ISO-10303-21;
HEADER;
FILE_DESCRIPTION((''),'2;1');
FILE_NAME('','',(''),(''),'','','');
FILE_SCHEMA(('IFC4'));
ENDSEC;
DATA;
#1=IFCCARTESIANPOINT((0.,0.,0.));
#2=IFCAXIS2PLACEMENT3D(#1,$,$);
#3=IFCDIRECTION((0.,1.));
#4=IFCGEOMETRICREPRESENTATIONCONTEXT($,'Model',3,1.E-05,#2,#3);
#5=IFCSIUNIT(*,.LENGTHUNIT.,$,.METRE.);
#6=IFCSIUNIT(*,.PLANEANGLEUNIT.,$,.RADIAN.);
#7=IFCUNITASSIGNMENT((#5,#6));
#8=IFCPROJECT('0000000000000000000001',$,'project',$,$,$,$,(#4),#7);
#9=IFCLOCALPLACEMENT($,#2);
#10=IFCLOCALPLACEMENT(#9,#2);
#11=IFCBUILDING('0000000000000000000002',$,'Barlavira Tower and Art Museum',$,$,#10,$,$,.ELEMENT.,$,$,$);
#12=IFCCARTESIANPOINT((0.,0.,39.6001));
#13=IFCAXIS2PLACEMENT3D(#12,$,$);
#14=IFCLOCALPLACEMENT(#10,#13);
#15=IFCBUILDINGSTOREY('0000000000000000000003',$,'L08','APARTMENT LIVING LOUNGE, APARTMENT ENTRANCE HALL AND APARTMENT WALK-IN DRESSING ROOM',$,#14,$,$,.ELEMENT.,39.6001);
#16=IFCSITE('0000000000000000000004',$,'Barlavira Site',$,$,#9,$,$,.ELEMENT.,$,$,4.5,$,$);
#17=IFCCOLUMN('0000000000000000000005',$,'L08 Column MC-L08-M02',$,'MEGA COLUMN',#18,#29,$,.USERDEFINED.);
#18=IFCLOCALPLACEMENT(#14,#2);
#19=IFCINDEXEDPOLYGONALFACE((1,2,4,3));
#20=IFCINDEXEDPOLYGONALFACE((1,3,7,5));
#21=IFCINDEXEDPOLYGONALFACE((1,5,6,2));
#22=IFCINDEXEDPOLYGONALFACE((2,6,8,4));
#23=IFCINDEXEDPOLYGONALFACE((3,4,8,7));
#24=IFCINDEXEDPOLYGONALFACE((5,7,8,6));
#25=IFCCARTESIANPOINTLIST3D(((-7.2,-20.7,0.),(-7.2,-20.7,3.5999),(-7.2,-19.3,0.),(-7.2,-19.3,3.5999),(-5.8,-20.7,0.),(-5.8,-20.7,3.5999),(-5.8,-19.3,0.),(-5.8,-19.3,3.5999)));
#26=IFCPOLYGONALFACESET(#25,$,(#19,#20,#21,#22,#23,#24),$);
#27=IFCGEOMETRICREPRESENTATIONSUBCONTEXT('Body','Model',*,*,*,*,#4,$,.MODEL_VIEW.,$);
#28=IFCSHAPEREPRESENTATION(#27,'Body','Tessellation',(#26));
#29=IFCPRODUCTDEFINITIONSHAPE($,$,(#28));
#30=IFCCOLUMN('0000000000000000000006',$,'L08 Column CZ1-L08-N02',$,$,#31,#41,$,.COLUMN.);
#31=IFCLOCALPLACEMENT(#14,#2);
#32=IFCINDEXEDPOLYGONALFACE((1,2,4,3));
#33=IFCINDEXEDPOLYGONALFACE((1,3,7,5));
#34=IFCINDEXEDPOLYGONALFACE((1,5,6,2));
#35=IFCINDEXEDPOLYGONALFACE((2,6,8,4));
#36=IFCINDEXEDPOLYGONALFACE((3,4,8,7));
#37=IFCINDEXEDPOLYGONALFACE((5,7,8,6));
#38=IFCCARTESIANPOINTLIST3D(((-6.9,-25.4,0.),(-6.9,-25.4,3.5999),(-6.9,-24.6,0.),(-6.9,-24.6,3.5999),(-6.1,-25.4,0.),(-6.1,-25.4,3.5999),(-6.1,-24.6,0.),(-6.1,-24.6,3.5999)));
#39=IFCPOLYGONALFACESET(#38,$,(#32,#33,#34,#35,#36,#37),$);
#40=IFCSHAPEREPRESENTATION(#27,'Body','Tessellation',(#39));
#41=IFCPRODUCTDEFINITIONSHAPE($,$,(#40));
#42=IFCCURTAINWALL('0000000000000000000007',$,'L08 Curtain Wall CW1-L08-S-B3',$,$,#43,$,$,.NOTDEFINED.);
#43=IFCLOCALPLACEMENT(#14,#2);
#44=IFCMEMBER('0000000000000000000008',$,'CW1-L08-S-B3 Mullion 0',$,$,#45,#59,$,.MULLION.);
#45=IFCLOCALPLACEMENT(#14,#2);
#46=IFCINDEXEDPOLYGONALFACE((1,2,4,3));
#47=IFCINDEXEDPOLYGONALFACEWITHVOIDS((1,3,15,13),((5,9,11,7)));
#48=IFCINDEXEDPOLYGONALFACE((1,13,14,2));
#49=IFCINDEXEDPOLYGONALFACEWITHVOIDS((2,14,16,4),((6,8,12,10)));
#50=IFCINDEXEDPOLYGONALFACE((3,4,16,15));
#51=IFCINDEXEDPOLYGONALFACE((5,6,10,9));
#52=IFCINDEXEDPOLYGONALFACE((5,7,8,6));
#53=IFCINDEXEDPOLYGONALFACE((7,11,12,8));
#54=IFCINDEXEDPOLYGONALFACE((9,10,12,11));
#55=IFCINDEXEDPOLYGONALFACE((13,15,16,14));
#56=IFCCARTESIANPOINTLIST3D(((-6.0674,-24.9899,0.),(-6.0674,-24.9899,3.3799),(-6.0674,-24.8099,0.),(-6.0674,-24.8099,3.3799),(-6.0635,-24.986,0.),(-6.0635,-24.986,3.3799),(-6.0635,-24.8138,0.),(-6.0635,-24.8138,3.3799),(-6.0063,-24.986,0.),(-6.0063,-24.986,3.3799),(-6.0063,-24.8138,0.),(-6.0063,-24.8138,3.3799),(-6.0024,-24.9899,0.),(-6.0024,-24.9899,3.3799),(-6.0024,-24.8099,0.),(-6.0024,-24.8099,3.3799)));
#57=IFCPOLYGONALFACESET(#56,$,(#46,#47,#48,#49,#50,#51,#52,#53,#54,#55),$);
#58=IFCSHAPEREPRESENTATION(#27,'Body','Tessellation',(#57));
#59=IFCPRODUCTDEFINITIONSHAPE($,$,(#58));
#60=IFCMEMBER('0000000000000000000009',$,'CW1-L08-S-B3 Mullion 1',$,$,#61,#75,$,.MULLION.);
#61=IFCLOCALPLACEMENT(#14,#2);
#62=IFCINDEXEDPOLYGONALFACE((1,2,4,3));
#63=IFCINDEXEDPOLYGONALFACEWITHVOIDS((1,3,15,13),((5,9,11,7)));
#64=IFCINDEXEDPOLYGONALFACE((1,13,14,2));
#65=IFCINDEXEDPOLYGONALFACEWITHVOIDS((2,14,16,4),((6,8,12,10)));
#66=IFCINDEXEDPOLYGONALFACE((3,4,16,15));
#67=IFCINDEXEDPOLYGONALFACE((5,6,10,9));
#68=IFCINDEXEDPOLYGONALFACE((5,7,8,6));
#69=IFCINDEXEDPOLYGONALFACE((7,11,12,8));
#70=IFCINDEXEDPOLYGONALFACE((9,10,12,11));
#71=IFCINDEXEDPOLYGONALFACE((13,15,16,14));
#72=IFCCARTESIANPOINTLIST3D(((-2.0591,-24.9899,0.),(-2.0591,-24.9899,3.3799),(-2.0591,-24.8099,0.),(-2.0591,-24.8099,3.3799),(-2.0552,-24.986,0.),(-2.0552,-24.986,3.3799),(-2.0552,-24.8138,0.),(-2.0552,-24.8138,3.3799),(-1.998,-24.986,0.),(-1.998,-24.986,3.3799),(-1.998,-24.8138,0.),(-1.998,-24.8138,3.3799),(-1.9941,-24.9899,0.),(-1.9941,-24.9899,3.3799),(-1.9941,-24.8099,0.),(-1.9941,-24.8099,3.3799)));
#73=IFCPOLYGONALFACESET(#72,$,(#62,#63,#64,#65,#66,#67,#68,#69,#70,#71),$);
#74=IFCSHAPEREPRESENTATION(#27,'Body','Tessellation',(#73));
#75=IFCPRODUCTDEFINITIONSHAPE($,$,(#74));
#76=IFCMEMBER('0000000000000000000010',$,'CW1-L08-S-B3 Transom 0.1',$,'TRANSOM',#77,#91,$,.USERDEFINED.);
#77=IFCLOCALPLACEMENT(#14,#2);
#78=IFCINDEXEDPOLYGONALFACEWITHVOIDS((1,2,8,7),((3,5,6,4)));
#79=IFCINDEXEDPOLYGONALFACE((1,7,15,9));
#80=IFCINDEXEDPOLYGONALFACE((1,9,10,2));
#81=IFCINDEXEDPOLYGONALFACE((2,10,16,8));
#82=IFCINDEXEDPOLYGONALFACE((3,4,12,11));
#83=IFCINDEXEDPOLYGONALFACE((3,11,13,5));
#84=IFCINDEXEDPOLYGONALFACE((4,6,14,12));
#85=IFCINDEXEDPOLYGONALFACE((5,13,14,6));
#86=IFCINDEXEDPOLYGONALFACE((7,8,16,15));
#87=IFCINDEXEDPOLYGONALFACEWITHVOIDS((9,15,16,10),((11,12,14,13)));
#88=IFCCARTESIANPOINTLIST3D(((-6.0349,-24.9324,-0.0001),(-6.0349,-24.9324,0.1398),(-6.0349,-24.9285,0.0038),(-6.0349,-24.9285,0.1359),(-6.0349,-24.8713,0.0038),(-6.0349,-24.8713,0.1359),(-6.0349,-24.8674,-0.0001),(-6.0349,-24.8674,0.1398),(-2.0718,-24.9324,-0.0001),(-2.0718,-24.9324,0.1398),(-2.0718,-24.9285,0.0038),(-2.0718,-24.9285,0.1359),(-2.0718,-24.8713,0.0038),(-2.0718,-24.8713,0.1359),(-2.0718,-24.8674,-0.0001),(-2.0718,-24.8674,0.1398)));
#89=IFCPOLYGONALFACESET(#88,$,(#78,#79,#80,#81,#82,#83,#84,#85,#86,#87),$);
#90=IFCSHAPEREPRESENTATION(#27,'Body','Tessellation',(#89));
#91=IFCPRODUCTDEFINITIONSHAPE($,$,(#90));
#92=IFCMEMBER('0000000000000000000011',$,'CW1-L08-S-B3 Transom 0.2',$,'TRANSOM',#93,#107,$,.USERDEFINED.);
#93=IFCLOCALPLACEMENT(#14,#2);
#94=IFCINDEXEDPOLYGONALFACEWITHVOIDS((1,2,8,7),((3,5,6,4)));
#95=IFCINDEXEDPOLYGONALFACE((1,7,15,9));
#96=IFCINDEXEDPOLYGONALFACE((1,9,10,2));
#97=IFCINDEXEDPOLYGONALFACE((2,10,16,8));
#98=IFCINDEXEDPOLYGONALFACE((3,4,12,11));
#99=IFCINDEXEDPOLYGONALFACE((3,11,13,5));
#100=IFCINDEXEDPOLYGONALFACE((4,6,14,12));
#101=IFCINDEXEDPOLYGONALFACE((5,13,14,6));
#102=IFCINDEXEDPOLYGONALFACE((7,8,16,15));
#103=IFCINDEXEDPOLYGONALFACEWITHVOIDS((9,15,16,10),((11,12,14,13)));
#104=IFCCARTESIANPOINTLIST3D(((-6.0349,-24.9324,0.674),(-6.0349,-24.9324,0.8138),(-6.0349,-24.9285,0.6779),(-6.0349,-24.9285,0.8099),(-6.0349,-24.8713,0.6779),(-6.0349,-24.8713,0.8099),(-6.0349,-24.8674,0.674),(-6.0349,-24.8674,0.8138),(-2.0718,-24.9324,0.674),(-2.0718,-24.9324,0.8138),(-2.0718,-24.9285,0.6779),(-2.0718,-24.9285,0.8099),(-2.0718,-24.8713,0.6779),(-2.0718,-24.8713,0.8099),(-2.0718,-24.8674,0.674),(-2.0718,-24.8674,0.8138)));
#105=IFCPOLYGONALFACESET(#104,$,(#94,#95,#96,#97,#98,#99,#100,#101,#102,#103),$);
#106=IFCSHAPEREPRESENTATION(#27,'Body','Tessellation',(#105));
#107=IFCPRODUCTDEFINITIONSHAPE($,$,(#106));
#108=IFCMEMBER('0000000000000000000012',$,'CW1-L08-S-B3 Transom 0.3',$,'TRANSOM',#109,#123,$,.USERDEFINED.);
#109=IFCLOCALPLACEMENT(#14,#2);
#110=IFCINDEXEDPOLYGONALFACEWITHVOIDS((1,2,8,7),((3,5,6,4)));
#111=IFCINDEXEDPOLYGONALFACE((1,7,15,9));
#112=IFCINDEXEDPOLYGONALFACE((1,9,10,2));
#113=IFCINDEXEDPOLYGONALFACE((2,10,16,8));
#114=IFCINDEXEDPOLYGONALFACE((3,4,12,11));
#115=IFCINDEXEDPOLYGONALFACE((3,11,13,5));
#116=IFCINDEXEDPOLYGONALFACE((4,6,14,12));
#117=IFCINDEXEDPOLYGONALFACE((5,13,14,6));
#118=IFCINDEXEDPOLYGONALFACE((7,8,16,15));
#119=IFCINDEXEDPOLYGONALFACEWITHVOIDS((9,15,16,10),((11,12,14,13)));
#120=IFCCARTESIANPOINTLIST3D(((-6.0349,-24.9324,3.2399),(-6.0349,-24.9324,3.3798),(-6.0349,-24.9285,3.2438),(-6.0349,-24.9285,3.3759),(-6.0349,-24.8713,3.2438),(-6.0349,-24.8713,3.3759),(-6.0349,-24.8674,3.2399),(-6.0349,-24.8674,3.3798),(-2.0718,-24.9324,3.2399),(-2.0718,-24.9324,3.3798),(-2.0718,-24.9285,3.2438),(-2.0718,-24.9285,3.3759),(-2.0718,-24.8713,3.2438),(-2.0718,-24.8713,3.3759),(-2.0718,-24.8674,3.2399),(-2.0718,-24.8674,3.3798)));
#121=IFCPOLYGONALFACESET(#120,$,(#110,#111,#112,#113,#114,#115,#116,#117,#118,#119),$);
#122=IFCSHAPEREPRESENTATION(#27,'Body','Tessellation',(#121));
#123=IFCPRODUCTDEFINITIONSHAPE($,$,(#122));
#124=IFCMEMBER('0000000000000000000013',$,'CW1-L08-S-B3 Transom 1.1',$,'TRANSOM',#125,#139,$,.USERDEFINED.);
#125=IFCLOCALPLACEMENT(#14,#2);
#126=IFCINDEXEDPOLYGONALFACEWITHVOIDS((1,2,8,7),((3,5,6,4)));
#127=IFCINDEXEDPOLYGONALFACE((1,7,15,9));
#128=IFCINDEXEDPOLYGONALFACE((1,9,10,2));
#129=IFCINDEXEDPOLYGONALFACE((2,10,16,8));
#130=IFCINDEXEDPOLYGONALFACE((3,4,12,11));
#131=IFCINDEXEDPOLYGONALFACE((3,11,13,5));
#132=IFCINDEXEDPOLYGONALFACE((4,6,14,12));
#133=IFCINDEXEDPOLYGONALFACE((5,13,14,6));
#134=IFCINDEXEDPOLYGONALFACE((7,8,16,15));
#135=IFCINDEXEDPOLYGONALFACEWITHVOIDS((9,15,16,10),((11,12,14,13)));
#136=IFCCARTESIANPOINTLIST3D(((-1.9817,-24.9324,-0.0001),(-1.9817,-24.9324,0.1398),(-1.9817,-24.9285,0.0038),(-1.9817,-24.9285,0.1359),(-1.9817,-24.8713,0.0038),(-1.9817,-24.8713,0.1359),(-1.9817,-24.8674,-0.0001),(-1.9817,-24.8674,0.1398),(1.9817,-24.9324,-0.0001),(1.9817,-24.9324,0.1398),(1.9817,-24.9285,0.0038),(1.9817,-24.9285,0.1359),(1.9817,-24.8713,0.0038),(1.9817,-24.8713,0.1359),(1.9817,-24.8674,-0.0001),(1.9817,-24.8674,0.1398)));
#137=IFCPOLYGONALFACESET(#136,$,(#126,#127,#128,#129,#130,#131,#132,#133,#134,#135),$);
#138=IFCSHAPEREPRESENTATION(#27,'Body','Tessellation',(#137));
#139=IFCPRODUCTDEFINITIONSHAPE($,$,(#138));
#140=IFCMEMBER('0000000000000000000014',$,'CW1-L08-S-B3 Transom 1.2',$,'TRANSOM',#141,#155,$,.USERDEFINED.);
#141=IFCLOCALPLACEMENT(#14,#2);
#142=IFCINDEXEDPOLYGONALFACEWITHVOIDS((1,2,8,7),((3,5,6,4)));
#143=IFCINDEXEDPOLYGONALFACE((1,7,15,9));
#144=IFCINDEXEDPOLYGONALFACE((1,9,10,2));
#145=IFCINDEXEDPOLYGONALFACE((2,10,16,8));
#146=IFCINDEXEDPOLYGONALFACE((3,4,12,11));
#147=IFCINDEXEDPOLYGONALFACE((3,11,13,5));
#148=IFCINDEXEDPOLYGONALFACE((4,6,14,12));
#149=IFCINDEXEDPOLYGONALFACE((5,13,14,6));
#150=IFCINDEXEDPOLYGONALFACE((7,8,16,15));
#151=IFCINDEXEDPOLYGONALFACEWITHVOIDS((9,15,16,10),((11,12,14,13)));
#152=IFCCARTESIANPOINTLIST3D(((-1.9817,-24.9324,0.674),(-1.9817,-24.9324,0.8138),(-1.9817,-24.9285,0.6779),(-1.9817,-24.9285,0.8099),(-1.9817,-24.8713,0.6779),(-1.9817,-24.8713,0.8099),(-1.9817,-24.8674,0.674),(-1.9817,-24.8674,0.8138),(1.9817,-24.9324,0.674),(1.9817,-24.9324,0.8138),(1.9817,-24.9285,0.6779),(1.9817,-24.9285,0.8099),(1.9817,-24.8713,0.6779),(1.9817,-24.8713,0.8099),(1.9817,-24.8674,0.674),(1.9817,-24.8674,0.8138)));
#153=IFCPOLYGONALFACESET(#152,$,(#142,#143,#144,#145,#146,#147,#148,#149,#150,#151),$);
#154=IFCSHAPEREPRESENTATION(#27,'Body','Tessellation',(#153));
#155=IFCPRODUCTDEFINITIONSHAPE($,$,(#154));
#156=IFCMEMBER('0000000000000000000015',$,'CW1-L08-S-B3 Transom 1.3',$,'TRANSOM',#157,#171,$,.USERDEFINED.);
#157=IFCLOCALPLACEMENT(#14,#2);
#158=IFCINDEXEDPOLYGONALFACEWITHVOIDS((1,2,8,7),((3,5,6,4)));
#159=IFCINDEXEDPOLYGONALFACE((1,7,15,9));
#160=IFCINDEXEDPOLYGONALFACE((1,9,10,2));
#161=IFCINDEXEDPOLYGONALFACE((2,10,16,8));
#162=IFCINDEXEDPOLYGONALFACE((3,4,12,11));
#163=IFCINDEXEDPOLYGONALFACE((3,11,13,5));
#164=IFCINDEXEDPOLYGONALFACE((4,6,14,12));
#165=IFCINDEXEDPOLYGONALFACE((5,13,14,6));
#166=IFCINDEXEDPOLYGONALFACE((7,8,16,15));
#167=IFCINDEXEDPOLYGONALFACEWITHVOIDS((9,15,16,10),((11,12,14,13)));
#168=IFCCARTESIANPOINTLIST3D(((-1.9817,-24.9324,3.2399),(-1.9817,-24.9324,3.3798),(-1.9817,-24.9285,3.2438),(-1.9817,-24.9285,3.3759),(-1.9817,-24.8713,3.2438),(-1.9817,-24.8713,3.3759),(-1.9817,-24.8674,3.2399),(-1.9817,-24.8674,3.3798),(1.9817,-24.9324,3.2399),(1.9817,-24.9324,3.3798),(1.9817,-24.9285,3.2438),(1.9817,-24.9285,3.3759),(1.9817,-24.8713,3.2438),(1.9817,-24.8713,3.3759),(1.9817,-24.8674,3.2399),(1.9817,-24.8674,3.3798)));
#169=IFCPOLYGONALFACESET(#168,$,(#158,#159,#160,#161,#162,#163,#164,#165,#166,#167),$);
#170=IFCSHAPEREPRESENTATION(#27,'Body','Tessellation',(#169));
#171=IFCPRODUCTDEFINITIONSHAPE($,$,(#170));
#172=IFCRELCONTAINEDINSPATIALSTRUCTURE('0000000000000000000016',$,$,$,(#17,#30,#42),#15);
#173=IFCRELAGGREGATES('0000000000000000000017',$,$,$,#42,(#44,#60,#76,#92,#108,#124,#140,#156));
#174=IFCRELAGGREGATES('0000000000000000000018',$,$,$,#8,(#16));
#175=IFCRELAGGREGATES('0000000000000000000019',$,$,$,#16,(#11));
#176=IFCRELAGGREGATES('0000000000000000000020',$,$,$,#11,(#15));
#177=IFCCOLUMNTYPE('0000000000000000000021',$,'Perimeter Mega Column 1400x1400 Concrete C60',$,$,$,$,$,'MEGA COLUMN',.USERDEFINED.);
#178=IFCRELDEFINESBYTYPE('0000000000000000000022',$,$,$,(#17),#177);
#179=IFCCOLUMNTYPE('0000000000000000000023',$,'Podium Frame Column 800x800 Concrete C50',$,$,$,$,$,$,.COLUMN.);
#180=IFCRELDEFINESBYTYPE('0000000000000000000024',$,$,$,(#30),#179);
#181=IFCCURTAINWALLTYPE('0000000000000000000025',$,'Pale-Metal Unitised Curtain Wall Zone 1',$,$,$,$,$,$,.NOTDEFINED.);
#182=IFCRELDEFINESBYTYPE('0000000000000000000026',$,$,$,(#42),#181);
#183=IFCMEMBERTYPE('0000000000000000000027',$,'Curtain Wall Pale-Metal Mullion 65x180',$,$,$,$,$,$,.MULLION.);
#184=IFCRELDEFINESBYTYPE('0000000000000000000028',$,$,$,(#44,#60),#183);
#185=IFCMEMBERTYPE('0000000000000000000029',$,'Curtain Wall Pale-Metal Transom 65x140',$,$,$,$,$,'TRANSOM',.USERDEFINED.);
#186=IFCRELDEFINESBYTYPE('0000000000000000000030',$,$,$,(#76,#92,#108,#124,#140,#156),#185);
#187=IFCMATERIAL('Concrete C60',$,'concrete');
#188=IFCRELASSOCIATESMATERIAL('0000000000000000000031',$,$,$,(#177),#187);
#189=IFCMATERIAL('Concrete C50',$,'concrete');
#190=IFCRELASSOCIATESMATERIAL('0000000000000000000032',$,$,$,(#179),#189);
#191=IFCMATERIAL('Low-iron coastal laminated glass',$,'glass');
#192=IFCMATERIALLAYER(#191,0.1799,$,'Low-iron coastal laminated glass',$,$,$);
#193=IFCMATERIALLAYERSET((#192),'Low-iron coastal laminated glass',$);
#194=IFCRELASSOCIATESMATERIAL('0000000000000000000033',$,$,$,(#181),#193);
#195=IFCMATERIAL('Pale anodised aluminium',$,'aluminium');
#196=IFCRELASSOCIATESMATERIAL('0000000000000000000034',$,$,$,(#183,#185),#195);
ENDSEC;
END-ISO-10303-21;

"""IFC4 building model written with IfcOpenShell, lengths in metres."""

from ifc_helpers import new_model, si_unit, direction, frame, origin, origin_2d, place, context, subcontext, project, spatial, rectangle, hollow_rectangle, extrude, material, layer, layer_set, material_profile, profile_set, type_object, element, aggregate, save


model = new_model("IFC4")

# Units and contexts
model_context = context("Model", 3, precision=1e-05, world=origin(), true_north=direction((0.0, 1.0)))
body_context = subcontext(model_context, "Body", "Model", "MODEL_VIEW")
ifc_project = project(units=[si_unit("LENGTHUNIT", "METRE"), si_unit("PLANEANGLEUNIT", "RADIAN")], contexts=[model_context])

# Site, building, storey
site_placement = place(None, origin())
site = spatial("IfcSite", under=ifc_project, at=site_placement, Name="Barlavira Site", CompositionType="ELEMENT", RefElevation=4.5)
building_placement = place(site_placement, origin())
building = spatial("IfcBuilding", under=site, at=building_placement, Name="Barlavira Tower and Art Museum", CompositionType="ELEMENT")
storey_placement = place(building_placement, frame((0.0, 0.0, 39.6001)))
storey = spatial("IfcBuildingStorey", under=building, at=storey_placement, Name="L08", Description="APARTMENT LIVING LOUNGE, APARTMENT ENTRANCE HALL AND APARTMENT WALK-IN DRESSING ROOM", CompositionType="ELEMENT", Elevation=39.6001)

# Columns
ifc_material_1 = material(Name="Concrete C60", Category="concrete")
ifc_material_profile_1 = material_profile(ifc_material_1, rectangle(XDim=1.3999, YDim=1.3999, at=origin_2d()), Name="RC-MCOL 1400x1400")
ifc_profile_set_1 = profile_set([ifc_material_profile_1], Name="Concrete C60")
column_type_1 = type_object("IfcColumnType", Name="Perimeter Mega Column 1400x1400 Concrete C60", ElementType="MEGA COLUMN", PredefinedType="USERDEFINED", material=ifc_profile_set_1)
column_1_placement = place(storey_placement, frame((-6.5, -20.0, 0.0), z_axis=(0.0, 0.0, 1.0), x_axis=(1.0, 0.0, 0.0)))
element("IfcColumn", 1, at=column_1_placement, inside=storey, type_object=column_type_1, Name="L08 Column MC-L08-M02", ObjectType="MEGA COLUMN", PredefinedType="USERDEFINED", context=body_context, shape_type="SweptSolid", body=[
    extrude(rectangle(XDim=1.3999, YDim=1.3999, at=origin_2d()), origin(), (0.0, 0.0, 1.0), 3.5999),
])
ifc_material_2 = material(Name="Concrete C50", Category="concrete")
ifc_material_profile_2 = material_profile(ifc_material_2, rectangle(XDim=0.8, YDim=0.8, at=origin_2d()), Name="RC-COL 800x800")
ifc_profile_set_2 = profile_set([ifc_material_profile_2], Name="Concrete C50")
column_type_2 = type_object("IfcColumnType", Name="Podium Frame Column 800x800 Concrete C50", PredefinedType="COLUMN", material=ifc_profile_set_2)
column_2_placement = place(storey_placement, frame((-6.5, -25.0, 0.0), z_axis=(0.0, 0.0, 1.0), x_axis=(1.0, 0.0, 0.0)))
element("IfcColumn", 2, at=column_2_placement, inside=storey, type_object=column_type_2, Name="L08 Column CZ1-L08-N02", PredefinedType="COLUMN", context=body_context, shape_type="SweptSolid", body=[
    extrude(rectangle(XDim=0.8, YDim=0.8, at=origin_2d()), origin(), (0.0, 0.0, 1.0), 3.5999),
])

# Curtain wall, members
ifc_material_3 = material(Name="Low-iron coastal laminated glass", Category="glass")
ifc_layer_1 = layer(ifc_material_3, 0.1799, Name="Low-iron coastal laminated glass")
ifc_layer_set_1 = layer_set([ifc_layer_1], Name="Low-iron coastal laminated glass")
curtain_wall_type = type_object("IfcCurtainWallType", Name="Pale-Metal Unitised Curtain Wall Zone 1", PredefinedType="NOTDEFINED", material=ifc_layer_set_1)
curtain_wall_placement = place(storey_placement, origin())
curtain_wall = element("IfcCurtainWall", 3, at=curtain_wall_placement, inside=storey, type_object=curtain_wall_type, Name="L08 Curtain Wall CW1-L08-S-B3", PredefinedType="NOTDEFINED")
ifc_material_4 = material(Name="Pale anodised aluminium", Category="aluminium")
ifc_material_profile_3 = material_profile(ifc_material_4, hollow_rectangle(XDim=0.0649, YDim=0.1799, WallThickness=0.0039, at=origin_2d()), Name="ALU-MULL 65x180x4")
ifc_profile_set_3 = profile_set([ifc_material_profile_3], Name="Pale anodised aluminium")
member_type_1 = type_object("IfcMemberType", Name="Curtain Wall Pale-Metal Mullion 65x180", PredefinedType="MULLION", material=ifc_profile_set_3)
member_1_placement = place(storey_placement, frame((-6.0349, -24.8999, 0.0), z_axis=(0.0, 0.0, 1.0), x_axis=(1.0, 0.0, 0.0)))
member_1 = element("IfcMember", 4, at=member_1_placement, type_object=member_type_1, Name="CW1-L08-S-B3 Mullion 0", PredefinedType="MULLION", context=body_context, shape_type="SweptSolid", body=[
    extrude(hollow_rectangle(XDim=0.0649, YDim=0.1799, WallThickness=0.0039, at=origin_2d()), origin(), (0.0, 0.0, 1.0), 3.3799),
])
member_2_placement = place(storey_placement, frame((-2.0266, -24.8999, 0.0), z_axis=(0.0, 0.0, 1.0), x_axis=(1.0, 0.0, 0.0)))
member_2 = element("IfcMember", 5, at=member_2_placement, type_object=member_type_1, Name="CW1-L08-S-B3 Mullion 1", PredefinedType="MULLION", context=body_context, shape_type="SweptSolid", body=[
    extrude(hollow_rectangle(XDim=0.0649, YDim=0.1799, WallThickness=0.0039, at=origin_2d()), origin(), (0.0, 0.0, 1.0), 3.3799),
])
ifc_material_profile_4 = material_profile(ifc_material_4, hollow_rectangle(XDim=0.0649, YDim=0.1399, WallThickness=0.0039, at=origin_2d()), Name="ALU-TRAN 65x140x4")
ifc_profile_set_4 = profile_set([ifc_material_profile_4], Name="Pale anodised aluminium")
member_type_2 = type_object("IfcMemberType", Name="Curtain Wall Pale-Metal Transom 65x140", ElementType="TRANSOM", PredefinedType="USERDEFINED", material=ifc_profile_set_4)
member_3_placement = place(storey_placement, frame((-6.0349, -24.8999, 0.0698), z_axis=(1.0, 0.0, 0.0), x_axis=(0.0, 1.0, 0.0)))
member_3 = element("IfcMember", 6, at=member_3_placement, type_object=member_type_2, Name="CW1-L08-S-B3 Transom 0.1", ObjectType="TRANSOM", PredefinedType="USERDEFINED", context=body_context, shape_type="SweptSolid", body=[
    extrude(hollow_rectangle(XDim=0.0649, YDim=0.1399, WallThickness=0.0039, at=origin_2d()), origin(), (0.0, 0.0, 1.0), 3.9631),
])
member_4_placement = place(storey_placement, frame((-6.0349, -24.8999, 0.7439), z_axis=(1.0, 0.0, 0.0), x_axis=(0.0, 1.0, 0.0)))
member_4 = element("IfcMember", 7, at=member_4_placement, type_object=member_type_2, Name="CW1-L08-S-B3 Transom 0.2", ObjectType="TRANSOM", PredefinedType="USERDEFINED", context=body_context, shape_type="SweptSolid", body=[
    extrude(hollow_rectangle(XDim=0.0649, YDim=0.1399, WallThickness=0.0039, at=origin_2d()), origin(), (0.0, 0.0, 1.0), 3.9631),
])
member_5_placement = place(storey_placement, frame((-6.0349, -24.8999, 3.3098), z_axis=(1.0, 0.0, 0.0), x_axis=(0.0, 1.0, 0.0)))
member_5 = element("IfcMember", 8, at=member_5_placement, type_object=member_type_2, Name="CW1-L08-S-B3 Transom 0.3", ObjectType="TRANSOM", PredefinedType="USERDEFINED", context=body_context, shape_type="SweptSolid", body=[
    extrude(hollow_rectangle(XDim=0.0649, YDim=0.1399, WallThickness=0.0039, at=origin_2d()), origin(), (0.0, 0.0, 1.0), 3.9631),
])
member_6_placement = place(storey_placement, frame((-1.9817, -24.8999, 0.0698), z_axis=(1.0, 0.0, 0.0), x_axis=(0.0, 1.0, 0.0)))
member_6 = element("IfcMember", 9, at=member_6_placement, type_object=member_type_2, Name="CW1-L08-S-B3 Transom 1.1", ObjectType="TRANSOM", PredefinedType="USERDEFINED", context=body_context, shape_type="SweptSolid", body=[
    extrude(hollow_rectangle(XDim=0.0649, YDim=0.1399, WallThickness=0.0039, at=origin_2d()), origin(), (0.0, 0.0, 1.0), 3.9634),
])
member_7_placement = place(storey_placement, frame((-1.9817, -24.8999, 0.7439), z_axis=(1.0, 0.0, 0.0), x_axis=(0.0, 1.0, 0.0)))
member_7 = element("IfcMember", 10, at=member_7_placement, type_object=member_type_2, Name="CW1-L08-S-B3 Transom 1.2", ObjectType="TRANSOM", PredefinedType="USERDEFINED", context=body_context, shape_type="SweptSolid", body=[
    extrude(hollow_rectangle(XDim=0.0649, YDim=0.1399, WallThickness=0.0039, at=origin_2d()), origin(), (0.0, 0.0, 1.0), 3.9634),
])
member_8_placement = place(storey_placement, frame((-1.9817, -24.8999, 3.3098), z_axis=(1.0, 0.0, 0.0), x_axis=(0.0, 1.0, 0.0)))
member_8 = element("IfcMember", 11, at=member_8_placement, type_object=member_type_2, Name="CW1-L08-S-B3 Transom 1.3", ObjectType="TRANSOM", PredefinedType="USERDEFINED", context=body_context, shape_type="SweptSolid", body=[
    extrude(hollow_rectangle(XDim=0.0649, YDim=0.1399, WallThickness=0.0039, at=origin_2d()), origin(), (0.0, 0.0, 1.0), 3.9634),
])

aggregate(curtain_wall, [member_1, member_2, member_3, member_4, member_5, member_6, member_7, member_8])

save(model, "model.ifc")
